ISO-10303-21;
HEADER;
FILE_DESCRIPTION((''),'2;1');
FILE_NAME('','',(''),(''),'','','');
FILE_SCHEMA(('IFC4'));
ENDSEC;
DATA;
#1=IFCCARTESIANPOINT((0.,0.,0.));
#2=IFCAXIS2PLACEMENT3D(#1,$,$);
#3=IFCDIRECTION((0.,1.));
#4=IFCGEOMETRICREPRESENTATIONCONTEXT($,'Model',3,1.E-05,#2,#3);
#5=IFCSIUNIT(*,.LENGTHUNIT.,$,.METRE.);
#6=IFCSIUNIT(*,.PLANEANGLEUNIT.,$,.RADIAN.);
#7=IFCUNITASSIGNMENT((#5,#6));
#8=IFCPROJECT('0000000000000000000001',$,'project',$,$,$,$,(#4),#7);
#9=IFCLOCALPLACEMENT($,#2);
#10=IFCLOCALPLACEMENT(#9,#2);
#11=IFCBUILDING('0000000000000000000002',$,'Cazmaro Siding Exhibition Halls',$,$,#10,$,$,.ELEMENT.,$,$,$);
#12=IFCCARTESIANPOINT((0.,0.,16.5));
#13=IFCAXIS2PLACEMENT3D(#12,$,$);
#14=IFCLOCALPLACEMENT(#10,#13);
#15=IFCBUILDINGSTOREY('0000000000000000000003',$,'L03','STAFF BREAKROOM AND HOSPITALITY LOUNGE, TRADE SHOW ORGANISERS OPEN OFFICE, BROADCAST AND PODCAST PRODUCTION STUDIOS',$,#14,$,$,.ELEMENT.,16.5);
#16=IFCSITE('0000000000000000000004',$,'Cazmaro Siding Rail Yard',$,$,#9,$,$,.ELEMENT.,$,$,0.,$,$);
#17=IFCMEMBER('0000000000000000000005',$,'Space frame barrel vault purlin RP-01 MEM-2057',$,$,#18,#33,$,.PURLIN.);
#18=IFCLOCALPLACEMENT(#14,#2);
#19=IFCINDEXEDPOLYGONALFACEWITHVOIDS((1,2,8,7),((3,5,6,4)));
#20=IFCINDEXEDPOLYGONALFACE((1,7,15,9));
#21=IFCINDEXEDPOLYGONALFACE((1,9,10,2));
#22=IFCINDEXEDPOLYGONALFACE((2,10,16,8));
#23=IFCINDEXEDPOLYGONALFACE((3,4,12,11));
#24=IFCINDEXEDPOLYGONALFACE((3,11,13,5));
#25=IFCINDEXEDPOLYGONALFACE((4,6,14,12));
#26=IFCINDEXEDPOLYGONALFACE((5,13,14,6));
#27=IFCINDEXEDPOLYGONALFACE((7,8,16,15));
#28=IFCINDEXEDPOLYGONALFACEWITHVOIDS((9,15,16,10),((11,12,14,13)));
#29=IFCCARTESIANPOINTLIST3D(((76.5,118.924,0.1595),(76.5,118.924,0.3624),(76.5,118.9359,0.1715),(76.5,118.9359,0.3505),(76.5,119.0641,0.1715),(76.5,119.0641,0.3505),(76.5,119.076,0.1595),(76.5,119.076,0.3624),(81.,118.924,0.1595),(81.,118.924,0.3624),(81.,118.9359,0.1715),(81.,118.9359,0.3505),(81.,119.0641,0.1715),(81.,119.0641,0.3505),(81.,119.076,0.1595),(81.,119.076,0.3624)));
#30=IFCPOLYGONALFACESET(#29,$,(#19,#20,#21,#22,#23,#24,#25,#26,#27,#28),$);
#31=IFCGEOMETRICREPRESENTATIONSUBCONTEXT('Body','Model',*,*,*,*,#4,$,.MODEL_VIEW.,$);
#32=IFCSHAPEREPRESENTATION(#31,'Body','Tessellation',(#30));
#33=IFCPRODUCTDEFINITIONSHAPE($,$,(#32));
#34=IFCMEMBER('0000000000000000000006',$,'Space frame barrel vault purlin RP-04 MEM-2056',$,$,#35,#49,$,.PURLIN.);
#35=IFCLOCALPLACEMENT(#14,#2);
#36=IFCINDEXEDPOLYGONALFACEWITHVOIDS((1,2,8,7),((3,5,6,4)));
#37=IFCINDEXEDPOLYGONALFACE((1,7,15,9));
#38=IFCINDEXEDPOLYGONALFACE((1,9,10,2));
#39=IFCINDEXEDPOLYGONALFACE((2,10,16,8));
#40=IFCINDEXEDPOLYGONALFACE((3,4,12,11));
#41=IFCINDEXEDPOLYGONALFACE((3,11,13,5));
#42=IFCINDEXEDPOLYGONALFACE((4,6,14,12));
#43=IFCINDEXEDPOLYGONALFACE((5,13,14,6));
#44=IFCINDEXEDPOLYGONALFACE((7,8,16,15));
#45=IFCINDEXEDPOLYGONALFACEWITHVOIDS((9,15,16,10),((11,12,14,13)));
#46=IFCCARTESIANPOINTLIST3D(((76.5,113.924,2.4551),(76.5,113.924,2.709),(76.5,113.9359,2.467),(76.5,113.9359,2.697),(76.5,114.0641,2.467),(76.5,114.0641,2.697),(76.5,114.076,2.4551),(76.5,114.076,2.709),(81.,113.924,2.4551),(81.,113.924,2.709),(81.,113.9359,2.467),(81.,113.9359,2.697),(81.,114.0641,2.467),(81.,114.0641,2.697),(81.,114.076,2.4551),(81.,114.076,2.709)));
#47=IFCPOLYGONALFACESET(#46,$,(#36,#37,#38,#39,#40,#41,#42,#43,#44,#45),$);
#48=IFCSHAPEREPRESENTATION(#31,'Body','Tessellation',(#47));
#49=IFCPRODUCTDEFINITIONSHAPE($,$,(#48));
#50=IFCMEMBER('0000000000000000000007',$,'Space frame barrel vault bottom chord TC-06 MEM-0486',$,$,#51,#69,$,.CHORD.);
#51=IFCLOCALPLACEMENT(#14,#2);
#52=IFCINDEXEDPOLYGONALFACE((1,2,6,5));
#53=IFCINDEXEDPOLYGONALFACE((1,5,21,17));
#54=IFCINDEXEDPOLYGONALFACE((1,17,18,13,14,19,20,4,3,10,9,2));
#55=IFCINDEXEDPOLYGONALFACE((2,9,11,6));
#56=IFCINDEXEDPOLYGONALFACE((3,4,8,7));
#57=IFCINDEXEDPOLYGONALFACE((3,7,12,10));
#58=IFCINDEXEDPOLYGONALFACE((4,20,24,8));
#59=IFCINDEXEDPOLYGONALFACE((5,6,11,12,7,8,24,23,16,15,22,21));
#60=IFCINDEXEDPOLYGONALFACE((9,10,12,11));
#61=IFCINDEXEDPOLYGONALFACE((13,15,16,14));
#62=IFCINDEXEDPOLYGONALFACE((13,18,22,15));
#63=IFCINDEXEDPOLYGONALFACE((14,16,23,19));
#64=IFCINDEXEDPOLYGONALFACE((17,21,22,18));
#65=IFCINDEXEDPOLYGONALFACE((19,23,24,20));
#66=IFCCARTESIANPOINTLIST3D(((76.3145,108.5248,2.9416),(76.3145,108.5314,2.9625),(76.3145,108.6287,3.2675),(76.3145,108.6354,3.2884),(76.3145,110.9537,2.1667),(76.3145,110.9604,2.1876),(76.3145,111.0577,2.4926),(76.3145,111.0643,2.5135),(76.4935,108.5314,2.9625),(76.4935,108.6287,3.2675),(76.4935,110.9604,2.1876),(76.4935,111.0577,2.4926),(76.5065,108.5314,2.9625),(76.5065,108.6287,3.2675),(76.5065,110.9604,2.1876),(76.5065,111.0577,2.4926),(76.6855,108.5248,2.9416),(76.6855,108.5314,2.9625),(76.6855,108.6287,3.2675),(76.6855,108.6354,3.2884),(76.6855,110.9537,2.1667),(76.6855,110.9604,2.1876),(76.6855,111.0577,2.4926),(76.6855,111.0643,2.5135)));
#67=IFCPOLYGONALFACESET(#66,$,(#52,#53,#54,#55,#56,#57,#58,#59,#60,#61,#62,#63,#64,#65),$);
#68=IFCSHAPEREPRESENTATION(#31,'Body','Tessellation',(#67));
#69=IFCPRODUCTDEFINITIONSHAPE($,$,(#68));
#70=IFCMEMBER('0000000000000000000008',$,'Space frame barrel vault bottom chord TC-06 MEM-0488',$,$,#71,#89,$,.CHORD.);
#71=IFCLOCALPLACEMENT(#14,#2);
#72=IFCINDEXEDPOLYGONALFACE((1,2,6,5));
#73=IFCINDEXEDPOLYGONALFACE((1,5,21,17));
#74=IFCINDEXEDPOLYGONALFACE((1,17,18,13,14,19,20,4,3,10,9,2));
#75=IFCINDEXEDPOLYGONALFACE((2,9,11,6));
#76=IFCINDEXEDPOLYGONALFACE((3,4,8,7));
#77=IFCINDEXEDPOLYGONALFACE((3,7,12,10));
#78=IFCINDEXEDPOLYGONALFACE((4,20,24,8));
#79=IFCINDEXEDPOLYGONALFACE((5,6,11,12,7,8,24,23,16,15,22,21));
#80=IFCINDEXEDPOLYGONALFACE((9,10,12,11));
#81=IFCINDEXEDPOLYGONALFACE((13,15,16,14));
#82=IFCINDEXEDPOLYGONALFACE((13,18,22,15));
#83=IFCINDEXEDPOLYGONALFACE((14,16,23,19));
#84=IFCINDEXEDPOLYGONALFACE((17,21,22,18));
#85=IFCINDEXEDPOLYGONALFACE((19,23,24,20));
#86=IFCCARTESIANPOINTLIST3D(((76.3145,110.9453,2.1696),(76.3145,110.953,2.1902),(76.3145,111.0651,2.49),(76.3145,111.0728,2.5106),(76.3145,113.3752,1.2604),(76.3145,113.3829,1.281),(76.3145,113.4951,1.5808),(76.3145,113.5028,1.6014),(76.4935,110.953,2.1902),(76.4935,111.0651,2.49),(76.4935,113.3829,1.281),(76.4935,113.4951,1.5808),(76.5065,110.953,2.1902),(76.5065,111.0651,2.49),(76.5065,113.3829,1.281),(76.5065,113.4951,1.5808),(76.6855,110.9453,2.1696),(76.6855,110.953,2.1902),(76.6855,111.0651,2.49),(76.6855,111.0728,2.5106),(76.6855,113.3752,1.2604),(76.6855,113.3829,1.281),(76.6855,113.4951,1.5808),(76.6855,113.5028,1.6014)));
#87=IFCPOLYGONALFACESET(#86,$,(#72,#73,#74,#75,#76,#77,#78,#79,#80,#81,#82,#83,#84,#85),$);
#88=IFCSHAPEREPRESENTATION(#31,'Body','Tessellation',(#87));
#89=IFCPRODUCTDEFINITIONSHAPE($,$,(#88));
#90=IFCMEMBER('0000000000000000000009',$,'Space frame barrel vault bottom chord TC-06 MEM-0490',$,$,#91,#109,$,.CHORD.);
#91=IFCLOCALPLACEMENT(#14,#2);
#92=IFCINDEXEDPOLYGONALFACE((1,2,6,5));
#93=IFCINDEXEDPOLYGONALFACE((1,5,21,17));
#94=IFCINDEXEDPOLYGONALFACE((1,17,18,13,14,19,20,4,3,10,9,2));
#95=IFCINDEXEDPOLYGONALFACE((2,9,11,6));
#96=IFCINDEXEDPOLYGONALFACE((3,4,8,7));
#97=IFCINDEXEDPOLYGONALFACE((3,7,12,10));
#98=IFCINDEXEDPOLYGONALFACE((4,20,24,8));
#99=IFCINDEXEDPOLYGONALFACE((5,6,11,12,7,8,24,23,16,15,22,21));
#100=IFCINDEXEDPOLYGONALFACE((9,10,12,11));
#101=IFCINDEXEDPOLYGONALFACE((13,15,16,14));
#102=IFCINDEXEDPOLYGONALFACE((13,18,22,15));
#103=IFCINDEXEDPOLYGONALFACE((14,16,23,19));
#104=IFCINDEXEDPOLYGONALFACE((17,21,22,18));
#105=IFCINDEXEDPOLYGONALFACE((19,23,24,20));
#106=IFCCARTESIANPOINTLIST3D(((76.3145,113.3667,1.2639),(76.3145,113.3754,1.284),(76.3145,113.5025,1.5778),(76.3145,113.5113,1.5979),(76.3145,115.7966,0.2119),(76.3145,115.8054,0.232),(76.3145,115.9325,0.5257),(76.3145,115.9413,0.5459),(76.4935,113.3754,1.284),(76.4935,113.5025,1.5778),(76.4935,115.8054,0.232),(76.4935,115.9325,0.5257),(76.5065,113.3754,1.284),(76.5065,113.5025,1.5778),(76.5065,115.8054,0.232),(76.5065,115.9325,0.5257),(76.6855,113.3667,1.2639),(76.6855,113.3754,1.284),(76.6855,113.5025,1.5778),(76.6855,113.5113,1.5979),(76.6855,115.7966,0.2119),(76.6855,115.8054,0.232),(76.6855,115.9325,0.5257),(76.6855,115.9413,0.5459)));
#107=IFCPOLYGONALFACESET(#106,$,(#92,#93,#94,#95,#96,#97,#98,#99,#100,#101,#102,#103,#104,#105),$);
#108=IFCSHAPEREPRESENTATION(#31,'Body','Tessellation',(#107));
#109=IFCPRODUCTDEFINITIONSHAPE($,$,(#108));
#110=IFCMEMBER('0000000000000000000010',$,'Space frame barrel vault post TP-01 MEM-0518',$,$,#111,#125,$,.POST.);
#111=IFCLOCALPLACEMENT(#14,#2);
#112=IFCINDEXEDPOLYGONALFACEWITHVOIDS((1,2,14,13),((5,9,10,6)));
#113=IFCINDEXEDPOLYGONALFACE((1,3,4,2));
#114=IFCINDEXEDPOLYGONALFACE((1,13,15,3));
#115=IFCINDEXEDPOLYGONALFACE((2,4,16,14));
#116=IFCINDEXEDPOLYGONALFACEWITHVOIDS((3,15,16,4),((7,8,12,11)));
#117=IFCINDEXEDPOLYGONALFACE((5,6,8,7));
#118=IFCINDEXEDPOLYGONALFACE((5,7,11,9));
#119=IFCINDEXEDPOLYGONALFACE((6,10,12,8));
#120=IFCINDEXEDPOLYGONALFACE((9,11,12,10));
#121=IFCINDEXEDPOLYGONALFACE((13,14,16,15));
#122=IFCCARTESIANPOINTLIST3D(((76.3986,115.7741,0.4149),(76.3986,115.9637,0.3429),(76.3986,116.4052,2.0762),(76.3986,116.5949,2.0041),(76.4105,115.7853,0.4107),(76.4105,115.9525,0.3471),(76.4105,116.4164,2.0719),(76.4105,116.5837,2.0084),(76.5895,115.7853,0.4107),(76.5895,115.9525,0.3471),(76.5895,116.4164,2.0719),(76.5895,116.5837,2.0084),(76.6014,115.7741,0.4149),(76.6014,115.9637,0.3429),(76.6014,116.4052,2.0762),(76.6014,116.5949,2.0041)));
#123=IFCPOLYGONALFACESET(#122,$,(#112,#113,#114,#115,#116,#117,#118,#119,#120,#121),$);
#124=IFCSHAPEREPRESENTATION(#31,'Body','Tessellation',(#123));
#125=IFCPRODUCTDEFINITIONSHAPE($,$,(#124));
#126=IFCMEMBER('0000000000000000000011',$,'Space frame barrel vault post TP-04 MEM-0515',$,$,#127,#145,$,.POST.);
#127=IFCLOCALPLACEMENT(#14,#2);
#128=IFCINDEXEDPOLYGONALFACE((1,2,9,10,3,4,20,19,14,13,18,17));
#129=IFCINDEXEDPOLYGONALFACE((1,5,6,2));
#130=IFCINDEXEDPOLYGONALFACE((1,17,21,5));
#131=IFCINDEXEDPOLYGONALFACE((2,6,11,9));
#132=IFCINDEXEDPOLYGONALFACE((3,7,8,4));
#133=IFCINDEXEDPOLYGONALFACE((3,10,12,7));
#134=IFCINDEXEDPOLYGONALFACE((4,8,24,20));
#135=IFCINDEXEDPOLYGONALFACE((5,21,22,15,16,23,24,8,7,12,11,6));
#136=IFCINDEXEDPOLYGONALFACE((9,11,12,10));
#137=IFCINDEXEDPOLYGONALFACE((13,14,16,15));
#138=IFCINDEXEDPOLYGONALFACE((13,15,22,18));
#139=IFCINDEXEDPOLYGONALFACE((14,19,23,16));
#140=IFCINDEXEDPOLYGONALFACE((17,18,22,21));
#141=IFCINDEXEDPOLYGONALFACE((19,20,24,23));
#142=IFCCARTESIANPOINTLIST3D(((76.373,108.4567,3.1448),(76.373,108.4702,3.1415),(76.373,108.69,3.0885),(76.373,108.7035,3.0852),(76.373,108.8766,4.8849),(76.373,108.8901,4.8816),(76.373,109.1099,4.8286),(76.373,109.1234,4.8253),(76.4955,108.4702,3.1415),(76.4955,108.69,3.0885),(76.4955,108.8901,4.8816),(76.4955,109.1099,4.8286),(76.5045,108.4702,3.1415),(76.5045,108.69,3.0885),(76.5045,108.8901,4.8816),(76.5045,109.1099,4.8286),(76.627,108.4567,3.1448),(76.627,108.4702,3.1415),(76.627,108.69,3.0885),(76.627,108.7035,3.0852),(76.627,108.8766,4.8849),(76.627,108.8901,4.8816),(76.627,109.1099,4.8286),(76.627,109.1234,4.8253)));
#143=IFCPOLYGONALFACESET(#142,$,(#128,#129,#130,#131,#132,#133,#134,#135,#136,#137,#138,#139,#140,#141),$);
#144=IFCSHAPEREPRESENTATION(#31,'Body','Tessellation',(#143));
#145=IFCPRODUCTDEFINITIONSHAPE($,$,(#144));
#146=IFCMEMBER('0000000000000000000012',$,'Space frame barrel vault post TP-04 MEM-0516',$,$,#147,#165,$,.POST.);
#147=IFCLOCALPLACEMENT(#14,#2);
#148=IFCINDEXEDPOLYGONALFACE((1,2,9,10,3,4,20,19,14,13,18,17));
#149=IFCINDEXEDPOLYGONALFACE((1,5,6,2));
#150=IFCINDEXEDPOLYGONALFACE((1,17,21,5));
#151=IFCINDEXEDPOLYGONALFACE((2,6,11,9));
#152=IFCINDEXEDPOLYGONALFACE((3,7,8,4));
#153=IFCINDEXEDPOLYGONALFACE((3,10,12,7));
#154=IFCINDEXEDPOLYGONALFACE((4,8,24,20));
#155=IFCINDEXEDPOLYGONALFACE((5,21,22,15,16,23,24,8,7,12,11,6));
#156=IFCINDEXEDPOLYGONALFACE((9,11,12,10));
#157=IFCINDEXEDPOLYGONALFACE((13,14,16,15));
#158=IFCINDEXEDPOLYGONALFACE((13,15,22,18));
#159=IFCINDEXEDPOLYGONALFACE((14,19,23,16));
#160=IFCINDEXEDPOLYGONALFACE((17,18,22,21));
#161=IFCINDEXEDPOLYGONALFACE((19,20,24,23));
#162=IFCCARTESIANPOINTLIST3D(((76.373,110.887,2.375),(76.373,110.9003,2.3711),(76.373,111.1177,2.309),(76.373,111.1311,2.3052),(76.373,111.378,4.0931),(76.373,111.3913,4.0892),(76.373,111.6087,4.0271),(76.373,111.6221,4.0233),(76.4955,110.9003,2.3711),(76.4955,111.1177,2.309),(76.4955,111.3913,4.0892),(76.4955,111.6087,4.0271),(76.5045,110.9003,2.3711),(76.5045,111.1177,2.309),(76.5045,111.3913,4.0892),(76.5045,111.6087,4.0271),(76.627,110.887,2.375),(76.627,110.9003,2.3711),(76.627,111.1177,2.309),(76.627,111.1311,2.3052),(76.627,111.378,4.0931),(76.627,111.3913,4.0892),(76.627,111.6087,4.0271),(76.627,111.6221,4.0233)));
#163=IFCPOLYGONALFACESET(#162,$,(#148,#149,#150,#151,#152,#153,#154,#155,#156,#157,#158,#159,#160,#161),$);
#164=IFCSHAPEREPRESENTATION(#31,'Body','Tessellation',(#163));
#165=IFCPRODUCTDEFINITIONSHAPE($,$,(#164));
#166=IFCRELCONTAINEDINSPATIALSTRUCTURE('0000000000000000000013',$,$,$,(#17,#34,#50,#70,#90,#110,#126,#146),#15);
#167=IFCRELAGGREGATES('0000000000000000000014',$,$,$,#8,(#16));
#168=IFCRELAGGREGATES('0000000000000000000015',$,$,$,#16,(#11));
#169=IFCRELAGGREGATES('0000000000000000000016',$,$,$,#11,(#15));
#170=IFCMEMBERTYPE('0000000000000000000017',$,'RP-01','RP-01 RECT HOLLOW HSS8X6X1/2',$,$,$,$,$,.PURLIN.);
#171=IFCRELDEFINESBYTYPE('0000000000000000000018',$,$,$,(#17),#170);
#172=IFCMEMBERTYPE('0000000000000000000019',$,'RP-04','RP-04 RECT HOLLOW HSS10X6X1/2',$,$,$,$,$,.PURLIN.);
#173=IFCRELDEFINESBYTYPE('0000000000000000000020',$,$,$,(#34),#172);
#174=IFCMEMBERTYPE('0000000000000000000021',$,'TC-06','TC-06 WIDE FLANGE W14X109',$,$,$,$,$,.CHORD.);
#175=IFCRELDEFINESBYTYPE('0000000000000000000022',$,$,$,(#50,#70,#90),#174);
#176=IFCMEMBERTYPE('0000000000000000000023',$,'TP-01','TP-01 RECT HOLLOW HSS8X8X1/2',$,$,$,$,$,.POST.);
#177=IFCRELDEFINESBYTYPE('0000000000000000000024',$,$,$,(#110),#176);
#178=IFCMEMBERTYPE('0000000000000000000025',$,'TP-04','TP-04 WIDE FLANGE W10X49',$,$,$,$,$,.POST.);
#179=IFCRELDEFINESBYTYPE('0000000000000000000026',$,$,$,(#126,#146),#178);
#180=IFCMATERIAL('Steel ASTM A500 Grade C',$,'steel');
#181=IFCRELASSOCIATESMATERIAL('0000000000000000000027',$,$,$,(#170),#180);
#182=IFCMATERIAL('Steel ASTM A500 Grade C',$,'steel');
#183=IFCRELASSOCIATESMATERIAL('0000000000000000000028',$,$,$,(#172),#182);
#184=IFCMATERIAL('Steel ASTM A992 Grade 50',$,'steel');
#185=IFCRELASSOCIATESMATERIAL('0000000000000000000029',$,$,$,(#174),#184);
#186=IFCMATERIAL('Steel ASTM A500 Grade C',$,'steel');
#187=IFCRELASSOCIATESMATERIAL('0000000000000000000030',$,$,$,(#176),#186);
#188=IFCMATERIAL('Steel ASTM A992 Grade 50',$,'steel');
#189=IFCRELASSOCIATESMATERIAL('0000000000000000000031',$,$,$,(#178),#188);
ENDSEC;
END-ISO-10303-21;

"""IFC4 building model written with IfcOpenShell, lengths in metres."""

from ifc_helpers import new_model, si_unit, direction, frame, origin, origin_2d, place, context, subcontext, project, spatial, hollow_rectangle, i_section, extrude, material, material_profile, profile_set, type_object, element, save


model = new_model("IFC4")

# Units and contexts
model_context = context("Model", 3, precision=1e-05, world=origin(), true_north=direction((0.0, 1.0)))
body_context = subcontext(model_context, "Body", "Model", "MODEL_VIEW")
ifc_project = project(units=[si_unit("LENGTHUNIT", "METRE"), si_unit("PLANEANGLEUNIT", "RADIAN")], contexts=[model_context])

# Site, building, storey
site_placement = place(None, origin())
site = spatial("IfcSite", under=ifc_project, at=site_placement, Name="Cazmaro Siding Rail Yard", CompositionType="ELEMENT", RefElevation=0.0)
building_placement = place(site_placement, origin())
building = spatial("IfcBuilding", under=site, at=building_placement, Name="Cazmaro Siding Exhibition Halls", CompositionType="ELEMENT")
storey_placement = place(building_placement, frame((0.0, 0.0, 16.5)))
storey = spatial("IfcBuildingStorey", under=building, at=storey_placement, Name="L03", Description="STAFF BREAKROOM AND HOSPITALITY LOUNGE, TRADE SHOW ORGANISERS OPEN OFFICE, BROADCAST AND PODCAST PRODUCTION STUDIOS", CompositionType="ELEMENT", Elevation=16.5)

# Members
ifc_material_1 = material(Name="Steel ASTM A500 Grade C", Category="steel")
ifc_material_profile_1 = material_profile(ifc_material_1, hollow_rectangle(XDim=0.1521, YDim=0.2029, WallThickness=0.012, at=origin_2d()), Name="HSS8X6X1/2")
ifc_profile_set_1 = profile_set([ifc_material_profile_1], Name="Steel ASTM A500 Grade C")
member_type_1 = type_object("IfcMemberType", Name="RP-01", Description="RP-01 RECT HOLLOW HSS8X6X1/2", PredefinedType="PURLIN", material=ifc_profile_set_1)
for number, where, z_axis, x_axis, name in (
    (1, (76.5, 119.0, 0.261), (1.0, 0.0, 0.0), (0.0, 1.0, 0.0), "Space frame barrel vault purlin RP-01 MEM-2057"),
):
    element("IfcMember", number, at=place(storey_placement, frame(where, z_axis=z_axis, x_axis=x_axis)), inside=storey, type_object=member_type_1, Name=name, PredefinedType="PURLIN", context=body_context, shape_type="SweptSolid", body=[
        extrude(hollow_rectangle(XDim=0.1521, YDim=0.2029, WallThickness=0.012, at=origin_2d()), origin(), (0.0, 0.0, 1.0), 4.5),
    ])
ifc_material_2 = material(Name="Steel ASTM A500 Grade C", Category="steel")
ifc_material_profile_2 = material_profile(ifc_material_2, hollow_rectangle(XDim=0.1521, YDim=0.2539, WallThickness=0.012, at=origin_2d()), Name="HSS10X6X1/2")
ifc_profile_set_2 = profile_set([ifc_material_profile_2], Name="Steel ASTM A500 Grade C")
member_type_2 = type_object("IfcMemberType", Name="RP-04", Description="RP-04 RECT HOLLOW HSS10X6X1/2", PredefinedType="PURLIN", material=ifc_profile_set_2)
member_1_placement = place(storey_placement, frame((76.5, 114.0, 2.582), z_axis=(1.0, 0.0, 0.0), x_axis=(0.0, 1.0, 0.0)))
element("IfcMember", 2, at=member_1_placement, inside=storey, type_object=member_type_2, Name="Space frame barrel vault purlin RP-04 MEM-2056", PredefinedType="PURLIN", context=body_context, shape_type="SweptSolid", body=[
    extrude(hollow_rectangle(XDim=0.1521, YDim=0.2539, WallThickness=0.012, at=origin_2d()), origin(), (0.0, 0.0, 1.0), 4.5),
])
ifc_material_3 = material(Name="Steel ASTM A992 Grade 50", Category="steel")
ifc_material_profile_3 = material_profile(ifc_material_3, i_section(OverallWidth=0.3711, OverallDepth=0.364, WebThickness=0.0129, FlangeThickness=0.022, at=origin_2d()), Name="W14X109")
ifc_profile_set_3 = profile_set([ifc_material_profile_3], Name="Steel ASTM A992 Grade 50")
member_type_3 = type_object("IfcMemberType", Name="TC-06", Description="TC-06 WIDE FLANGE W14X109", PredefinedType="CHORD", material=ifc_profile_set_3)
member_2_placement = place(storey_placement, frame((76.5, 108.5801, 3.115), z_axis=(0.0, 0.952693, -0.303935), x_axis=(-1.0, 0.0, 0.0)))
element("IfcMember", 3, at=member_2_placement, inside=storey, type_object=member_type_3, Name="Space frame barrel vault bottom chord TC-06 MEM-0486", PredefinedType="CHORD", context=body_context, shape_type="SweptSolid", body=[
    extrude(i_section(OverallWidth=0.3711, OverallDepth=0.364, WebThickness=0.0129, FlangeThickness=0.022, at=origin_2d()), origin(), (0.0, 0.0, 1.0), 2.5496),
])
member_3_placement = place(storey_placement, frame((76.5, 111.009, 2.3401), z_axis=(0.0, 0.936588, -0.350432), x_axis=(-1.0, 0.0, 0.0)))
element("IfcMember", 4, at=member_3_placement, inside=storey, type_object=member_type_3, Name="Space frame barrel vault bottom chord TC-06 MEM-0488", PredefinedType="CHORD", context=body_context, shape_type="SweptSolid", body=[
    extrude(i_section(OverallWidth=0.3711, OverallDepth=0.364, WebThickness=0.0129, FlangeThickness=0.022, at=origin_2d()), origin(), (0.0, 0.0, 1.0), 2.5945),
])
member_4_placement = place(storey_placement, frame((76.5, 113.439, 1.4309), z_axis=(0.0, 0.917689, -0.397299), x_axis=(-1.0, 0.0, 0.0)))
element("IfcMember", 5, at=member_4_placement, inside=storey, type_object=member_type_3, Name="Space frame barrel vault bottom chord TC-06 MEM-0490", PredefinedType="CHORD", context=body_context, shape_type="SweptSolid", body=[
    extrude(i_section(OverallWidth=0.3711, OverallDepth=0.364, WebThickness=0.0129, FlangeThickness=0.022, at=origin_2d()), origin(), (0.0, 0.0, 1.0), 2.6479),
])
ifc_material_4 = material(Name="Steel ASTM A500 Grade C", Category="steel")
ifc_material_profile_4 = material_profile(ifc_material_4, hollow_rectangle(XDim=0.2029, YDim=0.2029, WallThickness=0.012, at=origin_2d()), Name="HSS8X8X1/2")
ifc_profile_set_4 = profile_set([ifc_material_profile_4], Name="Steel ASTM A500 Grade C")
member_type_4 = type_object("IfcMemberType", Name="TP-01", Description="TP-01 RECT HOLLOW HSS8X8X1/2", PredefinedType="POST", material=ifc_profile_set_4)
member_5_placement = place(storey_placement, frame((76.5, 115.8689, 0.3789), z_axis=(0.0, 0.355155, 0.934807), x_axis=(-1.0, 0.0, 0.0)))
element("IfcMember", 6, at=member_5_placement, inside=storey, type_object=member_type_4, Name="Space frame barrel vault post TP-01 MEM-0518", PredefinedType="POST", context=body_context, shape_type="SweptSolid", body=[
    extrude(hollow_rectangle(XDim=0.2029, YDim=0.2029, WallThickness=0.012, at=origin_2d()), origin(), (0.0, 0.0, 1.0), 1.7771),
])
ifc_material_5 = material(Name="Steel ASTM A992 Grade 50", Category="steel")
ifc_material_profile_5 = material_profile(ifc_material_5, i_section(OverallWidth=0.2539, OverallDepth=0.2539, WebThickness=0.009, FlangeThickness=0.0139, at=origin_2d()), Name="W10X49")
ifc_profile_set_5 = profile_set([ifc_material_profile_5], Name="Steel ASTM A992 Grade 50")
member_type_5 = type_object("IfcMemberType", Name="TP-04", Description="TP-04 WIDE FLANGE W10X49", PredefinedType="POST", material=ifc_profile_set_5)
member_6_placement = place(storey_placement, frame((76.5, 108.5801, 3.115), z_axis=(0.0, 0.234601, 0.972092), x_axis=(-1.0, 0.0, 0.0)))
element("IfcMember", 7, at=member_6_placement, inside=storey, type_object=member_type_5, Name="Space frame barrel vault post TP-04 MEM-0515", PredefinedType="POST", context=body_context, shape_type="SweptSolid", body=[
    extrude(i_section(OverallWidth=0.2539, OverallDepth=0.2539, WebThickness=0.009, FlangeThickness=0.0139, at=origin_2d()), origin(), (0.0, 0.0, 1.0), 1.79),
])
member_7_placement = place(storey_placement, frame((76.5, 111.009, 2.3401), z_axis=(0.0, 0.274775, 0.961508), x_axis=(-1.0, 0.0, 0.0)))
element("IfcMember", 8, at=member_7_placement, inside=storey, type_object=member_type_5, Name="Space frame barrel vault post TP-04 MEM-0516", PredefinedType="POST", context=body_context, shape_type="SweptSolid", body=[
    extrude(i_section(OverallWidth=0.2539, OverallDepth=0.2539, WebThickness=0.009, FlangeThickness=0.0139, at=origin_2d()), origin(), (0.0, 0.0, 1.0), 1.7869),
])

save(model, "model.ifc")
